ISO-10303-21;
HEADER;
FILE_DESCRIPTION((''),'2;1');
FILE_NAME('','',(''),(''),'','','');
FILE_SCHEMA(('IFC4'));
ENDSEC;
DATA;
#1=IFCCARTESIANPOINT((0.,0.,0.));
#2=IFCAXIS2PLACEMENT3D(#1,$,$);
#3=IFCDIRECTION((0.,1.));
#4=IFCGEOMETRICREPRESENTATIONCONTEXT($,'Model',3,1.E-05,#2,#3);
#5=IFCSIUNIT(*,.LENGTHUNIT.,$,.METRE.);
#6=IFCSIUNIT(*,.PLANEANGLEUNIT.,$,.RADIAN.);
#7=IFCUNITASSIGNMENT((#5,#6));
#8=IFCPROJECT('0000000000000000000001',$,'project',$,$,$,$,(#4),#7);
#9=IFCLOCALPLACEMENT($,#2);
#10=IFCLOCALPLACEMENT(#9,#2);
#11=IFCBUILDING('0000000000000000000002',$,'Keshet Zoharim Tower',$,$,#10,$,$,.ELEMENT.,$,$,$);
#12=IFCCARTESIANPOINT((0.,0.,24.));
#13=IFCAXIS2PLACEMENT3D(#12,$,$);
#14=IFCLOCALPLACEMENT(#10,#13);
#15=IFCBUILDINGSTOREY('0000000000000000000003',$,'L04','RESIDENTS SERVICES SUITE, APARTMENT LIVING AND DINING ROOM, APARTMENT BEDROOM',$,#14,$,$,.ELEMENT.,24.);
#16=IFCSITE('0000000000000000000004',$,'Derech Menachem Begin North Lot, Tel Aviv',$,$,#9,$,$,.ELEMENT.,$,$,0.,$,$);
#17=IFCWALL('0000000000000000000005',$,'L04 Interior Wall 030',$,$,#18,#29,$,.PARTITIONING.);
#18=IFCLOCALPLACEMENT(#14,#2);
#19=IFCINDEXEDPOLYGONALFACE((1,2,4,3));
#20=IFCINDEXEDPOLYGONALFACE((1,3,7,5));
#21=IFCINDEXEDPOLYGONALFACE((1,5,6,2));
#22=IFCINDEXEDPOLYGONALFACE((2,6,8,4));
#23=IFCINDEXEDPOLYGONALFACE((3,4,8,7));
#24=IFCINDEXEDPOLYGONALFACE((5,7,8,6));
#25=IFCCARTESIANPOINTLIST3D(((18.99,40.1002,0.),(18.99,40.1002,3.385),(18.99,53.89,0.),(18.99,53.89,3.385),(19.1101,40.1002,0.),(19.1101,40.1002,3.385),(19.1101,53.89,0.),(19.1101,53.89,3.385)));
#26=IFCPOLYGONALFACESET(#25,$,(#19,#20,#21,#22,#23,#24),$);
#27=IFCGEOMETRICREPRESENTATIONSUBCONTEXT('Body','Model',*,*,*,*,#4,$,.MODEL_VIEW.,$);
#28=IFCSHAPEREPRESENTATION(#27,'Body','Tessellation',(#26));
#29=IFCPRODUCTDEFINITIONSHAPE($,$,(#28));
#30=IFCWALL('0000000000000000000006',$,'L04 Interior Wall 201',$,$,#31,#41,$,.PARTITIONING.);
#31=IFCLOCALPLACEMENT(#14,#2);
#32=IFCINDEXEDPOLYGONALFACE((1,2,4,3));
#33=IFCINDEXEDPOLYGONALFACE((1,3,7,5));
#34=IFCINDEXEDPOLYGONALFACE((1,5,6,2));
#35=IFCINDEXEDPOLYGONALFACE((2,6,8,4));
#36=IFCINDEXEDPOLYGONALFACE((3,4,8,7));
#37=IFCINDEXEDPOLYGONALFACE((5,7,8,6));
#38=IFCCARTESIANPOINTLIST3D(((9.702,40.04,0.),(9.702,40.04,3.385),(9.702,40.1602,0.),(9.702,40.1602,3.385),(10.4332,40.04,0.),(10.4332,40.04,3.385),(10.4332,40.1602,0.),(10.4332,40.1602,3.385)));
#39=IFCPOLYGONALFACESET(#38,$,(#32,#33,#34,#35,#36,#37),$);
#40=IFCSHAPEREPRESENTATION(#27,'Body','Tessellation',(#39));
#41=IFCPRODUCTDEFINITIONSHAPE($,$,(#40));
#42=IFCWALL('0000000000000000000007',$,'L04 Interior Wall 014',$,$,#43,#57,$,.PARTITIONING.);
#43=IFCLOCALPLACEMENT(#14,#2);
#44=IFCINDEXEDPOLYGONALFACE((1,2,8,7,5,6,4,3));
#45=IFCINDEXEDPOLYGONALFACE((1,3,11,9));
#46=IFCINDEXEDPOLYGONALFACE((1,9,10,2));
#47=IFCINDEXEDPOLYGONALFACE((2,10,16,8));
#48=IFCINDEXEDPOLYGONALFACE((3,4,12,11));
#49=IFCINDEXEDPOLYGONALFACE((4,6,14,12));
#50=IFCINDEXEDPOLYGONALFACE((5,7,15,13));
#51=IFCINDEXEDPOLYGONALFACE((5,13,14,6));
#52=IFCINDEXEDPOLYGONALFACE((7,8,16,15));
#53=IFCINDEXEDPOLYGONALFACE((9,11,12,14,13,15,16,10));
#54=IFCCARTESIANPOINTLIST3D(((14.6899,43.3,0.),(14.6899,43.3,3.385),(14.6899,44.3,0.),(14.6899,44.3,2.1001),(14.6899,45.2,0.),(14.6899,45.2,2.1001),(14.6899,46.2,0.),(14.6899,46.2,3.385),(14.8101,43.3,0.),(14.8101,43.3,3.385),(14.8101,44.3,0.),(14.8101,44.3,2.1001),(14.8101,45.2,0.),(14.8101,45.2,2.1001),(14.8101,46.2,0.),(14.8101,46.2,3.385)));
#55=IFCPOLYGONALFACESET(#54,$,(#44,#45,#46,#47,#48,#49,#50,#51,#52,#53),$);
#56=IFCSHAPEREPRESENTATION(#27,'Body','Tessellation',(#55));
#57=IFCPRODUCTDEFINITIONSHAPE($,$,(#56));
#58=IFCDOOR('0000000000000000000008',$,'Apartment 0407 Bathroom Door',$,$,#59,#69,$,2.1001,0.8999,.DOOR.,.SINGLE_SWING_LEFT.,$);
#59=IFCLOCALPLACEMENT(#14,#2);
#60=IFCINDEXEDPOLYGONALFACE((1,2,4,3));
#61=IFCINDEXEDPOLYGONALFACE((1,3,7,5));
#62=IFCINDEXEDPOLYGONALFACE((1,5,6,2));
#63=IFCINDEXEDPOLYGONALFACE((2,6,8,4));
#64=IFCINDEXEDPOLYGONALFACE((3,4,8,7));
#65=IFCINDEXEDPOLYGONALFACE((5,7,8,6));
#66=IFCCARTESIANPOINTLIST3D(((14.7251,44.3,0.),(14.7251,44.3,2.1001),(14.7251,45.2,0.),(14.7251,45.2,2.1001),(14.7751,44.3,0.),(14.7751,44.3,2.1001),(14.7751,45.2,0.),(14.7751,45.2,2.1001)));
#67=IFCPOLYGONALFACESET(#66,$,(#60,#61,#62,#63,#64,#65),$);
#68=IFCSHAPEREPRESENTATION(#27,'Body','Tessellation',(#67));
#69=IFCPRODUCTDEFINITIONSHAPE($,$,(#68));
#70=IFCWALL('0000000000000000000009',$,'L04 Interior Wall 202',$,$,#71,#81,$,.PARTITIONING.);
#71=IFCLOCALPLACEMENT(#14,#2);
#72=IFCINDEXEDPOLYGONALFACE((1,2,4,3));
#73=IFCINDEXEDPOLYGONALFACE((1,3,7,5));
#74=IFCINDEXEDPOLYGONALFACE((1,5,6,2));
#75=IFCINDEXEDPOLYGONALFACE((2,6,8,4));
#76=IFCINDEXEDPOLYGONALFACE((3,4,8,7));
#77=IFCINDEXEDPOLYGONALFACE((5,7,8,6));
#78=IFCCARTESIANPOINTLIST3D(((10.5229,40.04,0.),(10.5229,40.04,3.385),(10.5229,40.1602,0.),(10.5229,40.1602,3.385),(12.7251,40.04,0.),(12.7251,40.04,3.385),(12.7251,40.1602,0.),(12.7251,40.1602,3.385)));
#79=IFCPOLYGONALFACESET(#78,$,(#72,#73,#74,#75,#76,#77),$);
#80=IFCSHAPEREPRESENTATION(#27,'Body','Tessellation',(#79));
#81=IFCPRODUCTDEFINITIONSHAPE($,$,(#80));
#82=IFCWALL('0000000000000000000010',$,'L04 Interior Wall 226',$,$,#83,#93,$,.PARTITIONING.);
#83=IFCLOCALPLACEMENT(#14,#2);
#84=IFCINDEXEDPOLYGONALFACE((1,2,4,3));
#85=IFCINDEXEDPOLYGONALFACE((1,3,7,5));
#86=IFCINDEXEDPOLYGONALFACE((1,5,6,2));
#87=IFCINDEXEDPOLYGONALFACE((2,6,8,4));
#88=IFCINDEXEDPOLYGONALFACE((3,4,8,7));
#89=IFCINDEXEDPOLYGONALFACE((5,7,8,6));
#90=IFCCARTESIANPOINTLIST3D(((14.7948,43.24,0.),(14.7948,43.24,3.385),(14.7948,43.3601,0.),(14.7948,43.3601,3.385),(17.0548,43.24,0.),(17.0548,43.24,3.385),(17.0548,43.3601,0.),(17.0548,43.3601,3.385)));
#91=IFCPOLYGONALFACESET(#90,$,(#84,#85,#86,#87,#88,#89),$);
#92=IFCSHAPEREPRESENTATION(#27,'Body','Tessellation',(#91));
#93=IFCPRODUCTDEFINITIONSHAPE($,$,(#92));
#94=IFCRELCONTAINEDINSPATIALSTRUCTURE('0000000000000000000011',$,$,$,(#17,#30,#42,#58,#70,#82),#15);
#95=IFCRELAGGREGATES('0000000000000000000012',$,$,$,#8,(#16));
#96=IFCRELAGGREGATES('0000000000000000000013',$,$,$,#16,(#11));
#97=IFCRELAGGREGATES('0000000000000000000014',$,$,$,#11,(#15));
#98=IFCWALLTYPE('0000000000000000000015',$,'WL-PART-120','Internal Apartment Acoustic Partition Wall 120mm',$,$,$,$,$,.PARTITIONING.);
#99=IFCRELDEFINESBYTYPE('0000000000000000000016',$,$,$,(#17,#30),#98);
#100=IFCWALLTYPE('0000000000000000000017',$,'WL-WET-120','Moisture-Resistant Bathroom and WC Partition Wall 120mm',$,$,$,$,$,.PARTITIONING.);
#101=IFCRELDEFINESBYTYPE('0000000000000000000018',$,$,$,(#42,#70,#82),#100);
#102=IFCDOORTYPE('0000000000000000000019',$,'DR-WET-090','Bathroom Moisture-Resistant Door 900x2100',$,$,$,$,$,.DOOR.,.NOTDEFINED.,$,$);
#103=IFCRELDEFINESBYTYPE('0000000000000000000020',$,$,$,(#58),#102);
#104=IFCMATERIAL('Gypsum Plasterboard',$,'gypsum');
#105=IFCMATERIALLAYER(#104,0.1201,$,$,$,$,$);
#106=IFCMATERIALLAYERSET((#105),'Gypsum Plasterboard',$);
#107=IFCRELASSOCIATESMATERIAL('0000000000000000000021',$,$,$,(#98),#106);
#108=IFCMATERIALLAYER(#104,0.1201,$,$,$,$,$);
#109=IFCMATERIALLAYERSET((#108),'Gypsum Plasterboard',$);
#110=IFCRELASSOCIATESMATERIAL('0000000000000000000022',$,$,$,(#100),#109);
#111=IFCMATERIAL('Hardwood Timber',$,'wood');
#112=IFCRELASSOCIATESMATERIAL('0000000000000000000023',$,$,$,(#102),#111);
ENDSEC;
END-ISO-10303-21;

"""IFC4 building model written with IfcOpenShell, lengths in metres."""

from ifc_helpers import new_model, si_unit, direction, frame, frame_2d, origin, place, context, subcontext, project, spatial, rectangle, extrude, material, layer, layer_set, type_object, element, fill, save


model = new_model("IFC4")

# Units and contexts
model_context = context("Model", 3, precision=1e-05, world=origin(), true_north=direction((0.0, 1.0)))
body_context = subcontext(model_context, "Body", "Model", "MODEL_VIEW")
ifc_project = project(units=[si_unit("LENGTHUNIT", "METRE"), si_unit("PLANEANGLEUNIT", "RADIAN")], contexts=[model_context])

# Site, building, storey
site_placement = place(None, origin())
site = spatial("IfcSite", under=ifc_project, at=site_placement, Name="Derech Menachem Begin North Lot, Tel Aviv", CompositionType="ELEMENT", RefElevation=0.0)
building_placement = place(site_placement, origin())
building = spatial("IfcBuilding", under=site, at=building_placement, Name="Keshet Zoharim Tower", CompositionType="ELEMENT")
storey_placement = place(building_placement, frame((0.0, 0.0, 24.0)))
storey = spatial("IfcBuildingStorey", under=building, at=storey_placement, Name="L04", Description="RESIDENTS SERVICES SUITE, APARTMENT LIVING AND DINING ROOM, APARTMENT BEDROOM", CompositionType="ELEMENT", Elevation=24.0)

# Shared definitions
ifc_material_1 = material(Name="Gypsum Plasterboard", Category="gypsum")

# Shared definitions
ifc_material_2 = material(Name="Hardwood Timber", Category="wood")
ifc_layer_1 = layer(ifc_material_1, 0.1201)
ifc_layer_set_1 = layer_set([ifc_layer_1], Name="Gypsum Plasterboard")
wall_type_1 = type_object("IfcWallType", Name="WL-PART-120", Description="Internal Apartment Acoustic Partition Wall 120mm", PredefinedType="PARTITIONING", material=ifc_layer_set_1)

# Walls
wall_1_placement = place(storey_placement, frame((19.05, 40.1001, 0.0), z_axis=(0.0, 0.0, 1.0), x_axis=(0.0, 1.0, 0.0)))
element("IfcWall", 1, at=wall_1_placement, inside=storey, type_object=wall_type_1, Name="L04 Interior Wall 030", PredefinedType="PARTITIONING", context=body_context, shape_type="SweptSolid", body=[
    extrude(rectangle(XDim=13.7898, YDim=0.1201, at=frame_2d((6.895, 0.0))), origin(), (0.0, 0.0, 1.0), 3.385),
])
wall_2_placement = place(storey_placement, frame((9.7019, 40.1001, 0.0), z_axis=(0.0, 0.0, 1.0), x_axis=(1.0, 0.0, 0.0)))
element("IfcWall", 2, at=wall_2_placement, inside=storey, type_object=wall_type_1, Name="L04 Interior Wall 201", PredefinedType="PARTITIONING", context=body_context, shape_type="SweptSolid", body=[
    extrude(rectangle(XDim=0.7312, YDim=0.1201, at=frame_2d((0.3657, 0.0))), origin(), (0.0, 0.0, 1.0), 3.385),
])

# Wall, opening, door
ifc_layer_2 = layer(ifc_material_1, 0.1201)
ifc_layer_set_2 = layer_set([ifc_layer_2], Name="Gypsum Plasterboard")
wall_type_2 = type_object("IfcWallType", Name="WL-WET-120", Description="Moisture-Resistant Bathroom and WC Partition Wall 120mm", PredefinedType="PARTITIONING", material=ifc_layer_set_2)
wall_3_placement = place(storey_placement, frame((14.75, 43.3, 0.0), z_axis=(0.0, 0.0, 1.0), x_axis=(0.0, 1.0, 0.0)))
wall_3 = element("IfcWall", 3, at=wall_3_placement, inside=storey, type_object=wall_type_2, Name="L04 Interior Wall 014", PredefinedType="PARTITIONING", context=body_context, shape_type="SweptSolid", body=[
    extrude(rectangle(XDim=2.8999, YDim=0.1201, at=frame_2d((1.45, 0.0))), origin(), (0.0, 0.0, 1.0), 3.385),
])
opening_1_placement = place(wall_3_placement, frame((1.0, 0.0, 0.0)))
opening_1 = element("IfcOpeningElement", 4, at=opening_1_placement, cuts=wall_3, PredefinedType="OPENING", context=body_context, shape_type="SweptSolid", body=[
    extrude(rectangle(XDim=0.8999, YDim=2.1001, at=frame_2d((0.45, 1.05))), frame((0.0, 0.0701, 0.0), z_axis=(0.0, -1.0, 0.0), x_axis=(1.0, 0.0, 0.0)), (0.0, 0.0, 1.0), 0.1401),
])
door_type_1 = type_object("IfcDoorType", Name="DR-WET-090", Description="Bathroom Moisture-Resistant Door 900x2100", OperationType="NOTDEFINED", PredefinedType="DOOR", material=ifc_material_2)
door_1_placement = place(opening_1_placement, origin())
door_1 = element("IfcDoor", 5, at=door_1_placement, inside=storey, type_object=door_type_1, Name="Apartment 0407 Bathroom Door", OperationType="SINGLE_SWING_LEFT", OverallHeight=2.1001, OverallWidth=0.8999, PredefinedType="DOOR", context=body_context, shape_type="SweptSolid", body=[
    extrude(rectangle(XDim=0.8999, YDim=2.1001, at=frame_2d((0.45, 1.05))), frame((0.0, 0.0249, 0.0), z_axis=(0.0, -1.0, 0.0), x_axis=(1.0, 0.0, 0.0)), (0.0, 0.0, 1.0), 0.05),
])
fill(opening_1, door_1)

# Walls
wall_4_placement = place(storey_placement, frame((10.5229, 40.1001, 0.0), z_axis=(0.0, 0.0, 1.0), x_axis=(1.0, 0.0, 0.0)))
element("IfcWall", 6, at=wall_4_placement, inside=storey, type_object=wall_type_2, Name="L04 Interior Wall 202", PredefinedType="PARTITIONING", context=body_context, shape_type="SweptSolid", body=[
    extrude(rectangle(XDim=2.2021, YDim=0.1201, at=frame_2d((1.1011, 0.0))), origin(), (0.0, 0.0, 1.0), 3.385),
])
wall_5_placement = place(storey_placement, frame((14.7949, 43.3, 0.0), z_axis=(0.0, 0.0, 1.0), x_axis=(1.0, 0.0, 0.0)))
element("IfcWall", 7, at=wall_5_placement, inside=storey, type_object=wall_type_2, Name="L04 Interior Wall 226", PredefinedType="PARTITIONING", context=body_context, shape_type="SweptSolid", body=[
    extrude(rectangle(XDim=2.26, YDim=0.1201, at=frame_2d((1.1299, 0.0))), origin(), (0.0, 0.0, 1.0), 3.385),
])

save(model, "model.ifc")
